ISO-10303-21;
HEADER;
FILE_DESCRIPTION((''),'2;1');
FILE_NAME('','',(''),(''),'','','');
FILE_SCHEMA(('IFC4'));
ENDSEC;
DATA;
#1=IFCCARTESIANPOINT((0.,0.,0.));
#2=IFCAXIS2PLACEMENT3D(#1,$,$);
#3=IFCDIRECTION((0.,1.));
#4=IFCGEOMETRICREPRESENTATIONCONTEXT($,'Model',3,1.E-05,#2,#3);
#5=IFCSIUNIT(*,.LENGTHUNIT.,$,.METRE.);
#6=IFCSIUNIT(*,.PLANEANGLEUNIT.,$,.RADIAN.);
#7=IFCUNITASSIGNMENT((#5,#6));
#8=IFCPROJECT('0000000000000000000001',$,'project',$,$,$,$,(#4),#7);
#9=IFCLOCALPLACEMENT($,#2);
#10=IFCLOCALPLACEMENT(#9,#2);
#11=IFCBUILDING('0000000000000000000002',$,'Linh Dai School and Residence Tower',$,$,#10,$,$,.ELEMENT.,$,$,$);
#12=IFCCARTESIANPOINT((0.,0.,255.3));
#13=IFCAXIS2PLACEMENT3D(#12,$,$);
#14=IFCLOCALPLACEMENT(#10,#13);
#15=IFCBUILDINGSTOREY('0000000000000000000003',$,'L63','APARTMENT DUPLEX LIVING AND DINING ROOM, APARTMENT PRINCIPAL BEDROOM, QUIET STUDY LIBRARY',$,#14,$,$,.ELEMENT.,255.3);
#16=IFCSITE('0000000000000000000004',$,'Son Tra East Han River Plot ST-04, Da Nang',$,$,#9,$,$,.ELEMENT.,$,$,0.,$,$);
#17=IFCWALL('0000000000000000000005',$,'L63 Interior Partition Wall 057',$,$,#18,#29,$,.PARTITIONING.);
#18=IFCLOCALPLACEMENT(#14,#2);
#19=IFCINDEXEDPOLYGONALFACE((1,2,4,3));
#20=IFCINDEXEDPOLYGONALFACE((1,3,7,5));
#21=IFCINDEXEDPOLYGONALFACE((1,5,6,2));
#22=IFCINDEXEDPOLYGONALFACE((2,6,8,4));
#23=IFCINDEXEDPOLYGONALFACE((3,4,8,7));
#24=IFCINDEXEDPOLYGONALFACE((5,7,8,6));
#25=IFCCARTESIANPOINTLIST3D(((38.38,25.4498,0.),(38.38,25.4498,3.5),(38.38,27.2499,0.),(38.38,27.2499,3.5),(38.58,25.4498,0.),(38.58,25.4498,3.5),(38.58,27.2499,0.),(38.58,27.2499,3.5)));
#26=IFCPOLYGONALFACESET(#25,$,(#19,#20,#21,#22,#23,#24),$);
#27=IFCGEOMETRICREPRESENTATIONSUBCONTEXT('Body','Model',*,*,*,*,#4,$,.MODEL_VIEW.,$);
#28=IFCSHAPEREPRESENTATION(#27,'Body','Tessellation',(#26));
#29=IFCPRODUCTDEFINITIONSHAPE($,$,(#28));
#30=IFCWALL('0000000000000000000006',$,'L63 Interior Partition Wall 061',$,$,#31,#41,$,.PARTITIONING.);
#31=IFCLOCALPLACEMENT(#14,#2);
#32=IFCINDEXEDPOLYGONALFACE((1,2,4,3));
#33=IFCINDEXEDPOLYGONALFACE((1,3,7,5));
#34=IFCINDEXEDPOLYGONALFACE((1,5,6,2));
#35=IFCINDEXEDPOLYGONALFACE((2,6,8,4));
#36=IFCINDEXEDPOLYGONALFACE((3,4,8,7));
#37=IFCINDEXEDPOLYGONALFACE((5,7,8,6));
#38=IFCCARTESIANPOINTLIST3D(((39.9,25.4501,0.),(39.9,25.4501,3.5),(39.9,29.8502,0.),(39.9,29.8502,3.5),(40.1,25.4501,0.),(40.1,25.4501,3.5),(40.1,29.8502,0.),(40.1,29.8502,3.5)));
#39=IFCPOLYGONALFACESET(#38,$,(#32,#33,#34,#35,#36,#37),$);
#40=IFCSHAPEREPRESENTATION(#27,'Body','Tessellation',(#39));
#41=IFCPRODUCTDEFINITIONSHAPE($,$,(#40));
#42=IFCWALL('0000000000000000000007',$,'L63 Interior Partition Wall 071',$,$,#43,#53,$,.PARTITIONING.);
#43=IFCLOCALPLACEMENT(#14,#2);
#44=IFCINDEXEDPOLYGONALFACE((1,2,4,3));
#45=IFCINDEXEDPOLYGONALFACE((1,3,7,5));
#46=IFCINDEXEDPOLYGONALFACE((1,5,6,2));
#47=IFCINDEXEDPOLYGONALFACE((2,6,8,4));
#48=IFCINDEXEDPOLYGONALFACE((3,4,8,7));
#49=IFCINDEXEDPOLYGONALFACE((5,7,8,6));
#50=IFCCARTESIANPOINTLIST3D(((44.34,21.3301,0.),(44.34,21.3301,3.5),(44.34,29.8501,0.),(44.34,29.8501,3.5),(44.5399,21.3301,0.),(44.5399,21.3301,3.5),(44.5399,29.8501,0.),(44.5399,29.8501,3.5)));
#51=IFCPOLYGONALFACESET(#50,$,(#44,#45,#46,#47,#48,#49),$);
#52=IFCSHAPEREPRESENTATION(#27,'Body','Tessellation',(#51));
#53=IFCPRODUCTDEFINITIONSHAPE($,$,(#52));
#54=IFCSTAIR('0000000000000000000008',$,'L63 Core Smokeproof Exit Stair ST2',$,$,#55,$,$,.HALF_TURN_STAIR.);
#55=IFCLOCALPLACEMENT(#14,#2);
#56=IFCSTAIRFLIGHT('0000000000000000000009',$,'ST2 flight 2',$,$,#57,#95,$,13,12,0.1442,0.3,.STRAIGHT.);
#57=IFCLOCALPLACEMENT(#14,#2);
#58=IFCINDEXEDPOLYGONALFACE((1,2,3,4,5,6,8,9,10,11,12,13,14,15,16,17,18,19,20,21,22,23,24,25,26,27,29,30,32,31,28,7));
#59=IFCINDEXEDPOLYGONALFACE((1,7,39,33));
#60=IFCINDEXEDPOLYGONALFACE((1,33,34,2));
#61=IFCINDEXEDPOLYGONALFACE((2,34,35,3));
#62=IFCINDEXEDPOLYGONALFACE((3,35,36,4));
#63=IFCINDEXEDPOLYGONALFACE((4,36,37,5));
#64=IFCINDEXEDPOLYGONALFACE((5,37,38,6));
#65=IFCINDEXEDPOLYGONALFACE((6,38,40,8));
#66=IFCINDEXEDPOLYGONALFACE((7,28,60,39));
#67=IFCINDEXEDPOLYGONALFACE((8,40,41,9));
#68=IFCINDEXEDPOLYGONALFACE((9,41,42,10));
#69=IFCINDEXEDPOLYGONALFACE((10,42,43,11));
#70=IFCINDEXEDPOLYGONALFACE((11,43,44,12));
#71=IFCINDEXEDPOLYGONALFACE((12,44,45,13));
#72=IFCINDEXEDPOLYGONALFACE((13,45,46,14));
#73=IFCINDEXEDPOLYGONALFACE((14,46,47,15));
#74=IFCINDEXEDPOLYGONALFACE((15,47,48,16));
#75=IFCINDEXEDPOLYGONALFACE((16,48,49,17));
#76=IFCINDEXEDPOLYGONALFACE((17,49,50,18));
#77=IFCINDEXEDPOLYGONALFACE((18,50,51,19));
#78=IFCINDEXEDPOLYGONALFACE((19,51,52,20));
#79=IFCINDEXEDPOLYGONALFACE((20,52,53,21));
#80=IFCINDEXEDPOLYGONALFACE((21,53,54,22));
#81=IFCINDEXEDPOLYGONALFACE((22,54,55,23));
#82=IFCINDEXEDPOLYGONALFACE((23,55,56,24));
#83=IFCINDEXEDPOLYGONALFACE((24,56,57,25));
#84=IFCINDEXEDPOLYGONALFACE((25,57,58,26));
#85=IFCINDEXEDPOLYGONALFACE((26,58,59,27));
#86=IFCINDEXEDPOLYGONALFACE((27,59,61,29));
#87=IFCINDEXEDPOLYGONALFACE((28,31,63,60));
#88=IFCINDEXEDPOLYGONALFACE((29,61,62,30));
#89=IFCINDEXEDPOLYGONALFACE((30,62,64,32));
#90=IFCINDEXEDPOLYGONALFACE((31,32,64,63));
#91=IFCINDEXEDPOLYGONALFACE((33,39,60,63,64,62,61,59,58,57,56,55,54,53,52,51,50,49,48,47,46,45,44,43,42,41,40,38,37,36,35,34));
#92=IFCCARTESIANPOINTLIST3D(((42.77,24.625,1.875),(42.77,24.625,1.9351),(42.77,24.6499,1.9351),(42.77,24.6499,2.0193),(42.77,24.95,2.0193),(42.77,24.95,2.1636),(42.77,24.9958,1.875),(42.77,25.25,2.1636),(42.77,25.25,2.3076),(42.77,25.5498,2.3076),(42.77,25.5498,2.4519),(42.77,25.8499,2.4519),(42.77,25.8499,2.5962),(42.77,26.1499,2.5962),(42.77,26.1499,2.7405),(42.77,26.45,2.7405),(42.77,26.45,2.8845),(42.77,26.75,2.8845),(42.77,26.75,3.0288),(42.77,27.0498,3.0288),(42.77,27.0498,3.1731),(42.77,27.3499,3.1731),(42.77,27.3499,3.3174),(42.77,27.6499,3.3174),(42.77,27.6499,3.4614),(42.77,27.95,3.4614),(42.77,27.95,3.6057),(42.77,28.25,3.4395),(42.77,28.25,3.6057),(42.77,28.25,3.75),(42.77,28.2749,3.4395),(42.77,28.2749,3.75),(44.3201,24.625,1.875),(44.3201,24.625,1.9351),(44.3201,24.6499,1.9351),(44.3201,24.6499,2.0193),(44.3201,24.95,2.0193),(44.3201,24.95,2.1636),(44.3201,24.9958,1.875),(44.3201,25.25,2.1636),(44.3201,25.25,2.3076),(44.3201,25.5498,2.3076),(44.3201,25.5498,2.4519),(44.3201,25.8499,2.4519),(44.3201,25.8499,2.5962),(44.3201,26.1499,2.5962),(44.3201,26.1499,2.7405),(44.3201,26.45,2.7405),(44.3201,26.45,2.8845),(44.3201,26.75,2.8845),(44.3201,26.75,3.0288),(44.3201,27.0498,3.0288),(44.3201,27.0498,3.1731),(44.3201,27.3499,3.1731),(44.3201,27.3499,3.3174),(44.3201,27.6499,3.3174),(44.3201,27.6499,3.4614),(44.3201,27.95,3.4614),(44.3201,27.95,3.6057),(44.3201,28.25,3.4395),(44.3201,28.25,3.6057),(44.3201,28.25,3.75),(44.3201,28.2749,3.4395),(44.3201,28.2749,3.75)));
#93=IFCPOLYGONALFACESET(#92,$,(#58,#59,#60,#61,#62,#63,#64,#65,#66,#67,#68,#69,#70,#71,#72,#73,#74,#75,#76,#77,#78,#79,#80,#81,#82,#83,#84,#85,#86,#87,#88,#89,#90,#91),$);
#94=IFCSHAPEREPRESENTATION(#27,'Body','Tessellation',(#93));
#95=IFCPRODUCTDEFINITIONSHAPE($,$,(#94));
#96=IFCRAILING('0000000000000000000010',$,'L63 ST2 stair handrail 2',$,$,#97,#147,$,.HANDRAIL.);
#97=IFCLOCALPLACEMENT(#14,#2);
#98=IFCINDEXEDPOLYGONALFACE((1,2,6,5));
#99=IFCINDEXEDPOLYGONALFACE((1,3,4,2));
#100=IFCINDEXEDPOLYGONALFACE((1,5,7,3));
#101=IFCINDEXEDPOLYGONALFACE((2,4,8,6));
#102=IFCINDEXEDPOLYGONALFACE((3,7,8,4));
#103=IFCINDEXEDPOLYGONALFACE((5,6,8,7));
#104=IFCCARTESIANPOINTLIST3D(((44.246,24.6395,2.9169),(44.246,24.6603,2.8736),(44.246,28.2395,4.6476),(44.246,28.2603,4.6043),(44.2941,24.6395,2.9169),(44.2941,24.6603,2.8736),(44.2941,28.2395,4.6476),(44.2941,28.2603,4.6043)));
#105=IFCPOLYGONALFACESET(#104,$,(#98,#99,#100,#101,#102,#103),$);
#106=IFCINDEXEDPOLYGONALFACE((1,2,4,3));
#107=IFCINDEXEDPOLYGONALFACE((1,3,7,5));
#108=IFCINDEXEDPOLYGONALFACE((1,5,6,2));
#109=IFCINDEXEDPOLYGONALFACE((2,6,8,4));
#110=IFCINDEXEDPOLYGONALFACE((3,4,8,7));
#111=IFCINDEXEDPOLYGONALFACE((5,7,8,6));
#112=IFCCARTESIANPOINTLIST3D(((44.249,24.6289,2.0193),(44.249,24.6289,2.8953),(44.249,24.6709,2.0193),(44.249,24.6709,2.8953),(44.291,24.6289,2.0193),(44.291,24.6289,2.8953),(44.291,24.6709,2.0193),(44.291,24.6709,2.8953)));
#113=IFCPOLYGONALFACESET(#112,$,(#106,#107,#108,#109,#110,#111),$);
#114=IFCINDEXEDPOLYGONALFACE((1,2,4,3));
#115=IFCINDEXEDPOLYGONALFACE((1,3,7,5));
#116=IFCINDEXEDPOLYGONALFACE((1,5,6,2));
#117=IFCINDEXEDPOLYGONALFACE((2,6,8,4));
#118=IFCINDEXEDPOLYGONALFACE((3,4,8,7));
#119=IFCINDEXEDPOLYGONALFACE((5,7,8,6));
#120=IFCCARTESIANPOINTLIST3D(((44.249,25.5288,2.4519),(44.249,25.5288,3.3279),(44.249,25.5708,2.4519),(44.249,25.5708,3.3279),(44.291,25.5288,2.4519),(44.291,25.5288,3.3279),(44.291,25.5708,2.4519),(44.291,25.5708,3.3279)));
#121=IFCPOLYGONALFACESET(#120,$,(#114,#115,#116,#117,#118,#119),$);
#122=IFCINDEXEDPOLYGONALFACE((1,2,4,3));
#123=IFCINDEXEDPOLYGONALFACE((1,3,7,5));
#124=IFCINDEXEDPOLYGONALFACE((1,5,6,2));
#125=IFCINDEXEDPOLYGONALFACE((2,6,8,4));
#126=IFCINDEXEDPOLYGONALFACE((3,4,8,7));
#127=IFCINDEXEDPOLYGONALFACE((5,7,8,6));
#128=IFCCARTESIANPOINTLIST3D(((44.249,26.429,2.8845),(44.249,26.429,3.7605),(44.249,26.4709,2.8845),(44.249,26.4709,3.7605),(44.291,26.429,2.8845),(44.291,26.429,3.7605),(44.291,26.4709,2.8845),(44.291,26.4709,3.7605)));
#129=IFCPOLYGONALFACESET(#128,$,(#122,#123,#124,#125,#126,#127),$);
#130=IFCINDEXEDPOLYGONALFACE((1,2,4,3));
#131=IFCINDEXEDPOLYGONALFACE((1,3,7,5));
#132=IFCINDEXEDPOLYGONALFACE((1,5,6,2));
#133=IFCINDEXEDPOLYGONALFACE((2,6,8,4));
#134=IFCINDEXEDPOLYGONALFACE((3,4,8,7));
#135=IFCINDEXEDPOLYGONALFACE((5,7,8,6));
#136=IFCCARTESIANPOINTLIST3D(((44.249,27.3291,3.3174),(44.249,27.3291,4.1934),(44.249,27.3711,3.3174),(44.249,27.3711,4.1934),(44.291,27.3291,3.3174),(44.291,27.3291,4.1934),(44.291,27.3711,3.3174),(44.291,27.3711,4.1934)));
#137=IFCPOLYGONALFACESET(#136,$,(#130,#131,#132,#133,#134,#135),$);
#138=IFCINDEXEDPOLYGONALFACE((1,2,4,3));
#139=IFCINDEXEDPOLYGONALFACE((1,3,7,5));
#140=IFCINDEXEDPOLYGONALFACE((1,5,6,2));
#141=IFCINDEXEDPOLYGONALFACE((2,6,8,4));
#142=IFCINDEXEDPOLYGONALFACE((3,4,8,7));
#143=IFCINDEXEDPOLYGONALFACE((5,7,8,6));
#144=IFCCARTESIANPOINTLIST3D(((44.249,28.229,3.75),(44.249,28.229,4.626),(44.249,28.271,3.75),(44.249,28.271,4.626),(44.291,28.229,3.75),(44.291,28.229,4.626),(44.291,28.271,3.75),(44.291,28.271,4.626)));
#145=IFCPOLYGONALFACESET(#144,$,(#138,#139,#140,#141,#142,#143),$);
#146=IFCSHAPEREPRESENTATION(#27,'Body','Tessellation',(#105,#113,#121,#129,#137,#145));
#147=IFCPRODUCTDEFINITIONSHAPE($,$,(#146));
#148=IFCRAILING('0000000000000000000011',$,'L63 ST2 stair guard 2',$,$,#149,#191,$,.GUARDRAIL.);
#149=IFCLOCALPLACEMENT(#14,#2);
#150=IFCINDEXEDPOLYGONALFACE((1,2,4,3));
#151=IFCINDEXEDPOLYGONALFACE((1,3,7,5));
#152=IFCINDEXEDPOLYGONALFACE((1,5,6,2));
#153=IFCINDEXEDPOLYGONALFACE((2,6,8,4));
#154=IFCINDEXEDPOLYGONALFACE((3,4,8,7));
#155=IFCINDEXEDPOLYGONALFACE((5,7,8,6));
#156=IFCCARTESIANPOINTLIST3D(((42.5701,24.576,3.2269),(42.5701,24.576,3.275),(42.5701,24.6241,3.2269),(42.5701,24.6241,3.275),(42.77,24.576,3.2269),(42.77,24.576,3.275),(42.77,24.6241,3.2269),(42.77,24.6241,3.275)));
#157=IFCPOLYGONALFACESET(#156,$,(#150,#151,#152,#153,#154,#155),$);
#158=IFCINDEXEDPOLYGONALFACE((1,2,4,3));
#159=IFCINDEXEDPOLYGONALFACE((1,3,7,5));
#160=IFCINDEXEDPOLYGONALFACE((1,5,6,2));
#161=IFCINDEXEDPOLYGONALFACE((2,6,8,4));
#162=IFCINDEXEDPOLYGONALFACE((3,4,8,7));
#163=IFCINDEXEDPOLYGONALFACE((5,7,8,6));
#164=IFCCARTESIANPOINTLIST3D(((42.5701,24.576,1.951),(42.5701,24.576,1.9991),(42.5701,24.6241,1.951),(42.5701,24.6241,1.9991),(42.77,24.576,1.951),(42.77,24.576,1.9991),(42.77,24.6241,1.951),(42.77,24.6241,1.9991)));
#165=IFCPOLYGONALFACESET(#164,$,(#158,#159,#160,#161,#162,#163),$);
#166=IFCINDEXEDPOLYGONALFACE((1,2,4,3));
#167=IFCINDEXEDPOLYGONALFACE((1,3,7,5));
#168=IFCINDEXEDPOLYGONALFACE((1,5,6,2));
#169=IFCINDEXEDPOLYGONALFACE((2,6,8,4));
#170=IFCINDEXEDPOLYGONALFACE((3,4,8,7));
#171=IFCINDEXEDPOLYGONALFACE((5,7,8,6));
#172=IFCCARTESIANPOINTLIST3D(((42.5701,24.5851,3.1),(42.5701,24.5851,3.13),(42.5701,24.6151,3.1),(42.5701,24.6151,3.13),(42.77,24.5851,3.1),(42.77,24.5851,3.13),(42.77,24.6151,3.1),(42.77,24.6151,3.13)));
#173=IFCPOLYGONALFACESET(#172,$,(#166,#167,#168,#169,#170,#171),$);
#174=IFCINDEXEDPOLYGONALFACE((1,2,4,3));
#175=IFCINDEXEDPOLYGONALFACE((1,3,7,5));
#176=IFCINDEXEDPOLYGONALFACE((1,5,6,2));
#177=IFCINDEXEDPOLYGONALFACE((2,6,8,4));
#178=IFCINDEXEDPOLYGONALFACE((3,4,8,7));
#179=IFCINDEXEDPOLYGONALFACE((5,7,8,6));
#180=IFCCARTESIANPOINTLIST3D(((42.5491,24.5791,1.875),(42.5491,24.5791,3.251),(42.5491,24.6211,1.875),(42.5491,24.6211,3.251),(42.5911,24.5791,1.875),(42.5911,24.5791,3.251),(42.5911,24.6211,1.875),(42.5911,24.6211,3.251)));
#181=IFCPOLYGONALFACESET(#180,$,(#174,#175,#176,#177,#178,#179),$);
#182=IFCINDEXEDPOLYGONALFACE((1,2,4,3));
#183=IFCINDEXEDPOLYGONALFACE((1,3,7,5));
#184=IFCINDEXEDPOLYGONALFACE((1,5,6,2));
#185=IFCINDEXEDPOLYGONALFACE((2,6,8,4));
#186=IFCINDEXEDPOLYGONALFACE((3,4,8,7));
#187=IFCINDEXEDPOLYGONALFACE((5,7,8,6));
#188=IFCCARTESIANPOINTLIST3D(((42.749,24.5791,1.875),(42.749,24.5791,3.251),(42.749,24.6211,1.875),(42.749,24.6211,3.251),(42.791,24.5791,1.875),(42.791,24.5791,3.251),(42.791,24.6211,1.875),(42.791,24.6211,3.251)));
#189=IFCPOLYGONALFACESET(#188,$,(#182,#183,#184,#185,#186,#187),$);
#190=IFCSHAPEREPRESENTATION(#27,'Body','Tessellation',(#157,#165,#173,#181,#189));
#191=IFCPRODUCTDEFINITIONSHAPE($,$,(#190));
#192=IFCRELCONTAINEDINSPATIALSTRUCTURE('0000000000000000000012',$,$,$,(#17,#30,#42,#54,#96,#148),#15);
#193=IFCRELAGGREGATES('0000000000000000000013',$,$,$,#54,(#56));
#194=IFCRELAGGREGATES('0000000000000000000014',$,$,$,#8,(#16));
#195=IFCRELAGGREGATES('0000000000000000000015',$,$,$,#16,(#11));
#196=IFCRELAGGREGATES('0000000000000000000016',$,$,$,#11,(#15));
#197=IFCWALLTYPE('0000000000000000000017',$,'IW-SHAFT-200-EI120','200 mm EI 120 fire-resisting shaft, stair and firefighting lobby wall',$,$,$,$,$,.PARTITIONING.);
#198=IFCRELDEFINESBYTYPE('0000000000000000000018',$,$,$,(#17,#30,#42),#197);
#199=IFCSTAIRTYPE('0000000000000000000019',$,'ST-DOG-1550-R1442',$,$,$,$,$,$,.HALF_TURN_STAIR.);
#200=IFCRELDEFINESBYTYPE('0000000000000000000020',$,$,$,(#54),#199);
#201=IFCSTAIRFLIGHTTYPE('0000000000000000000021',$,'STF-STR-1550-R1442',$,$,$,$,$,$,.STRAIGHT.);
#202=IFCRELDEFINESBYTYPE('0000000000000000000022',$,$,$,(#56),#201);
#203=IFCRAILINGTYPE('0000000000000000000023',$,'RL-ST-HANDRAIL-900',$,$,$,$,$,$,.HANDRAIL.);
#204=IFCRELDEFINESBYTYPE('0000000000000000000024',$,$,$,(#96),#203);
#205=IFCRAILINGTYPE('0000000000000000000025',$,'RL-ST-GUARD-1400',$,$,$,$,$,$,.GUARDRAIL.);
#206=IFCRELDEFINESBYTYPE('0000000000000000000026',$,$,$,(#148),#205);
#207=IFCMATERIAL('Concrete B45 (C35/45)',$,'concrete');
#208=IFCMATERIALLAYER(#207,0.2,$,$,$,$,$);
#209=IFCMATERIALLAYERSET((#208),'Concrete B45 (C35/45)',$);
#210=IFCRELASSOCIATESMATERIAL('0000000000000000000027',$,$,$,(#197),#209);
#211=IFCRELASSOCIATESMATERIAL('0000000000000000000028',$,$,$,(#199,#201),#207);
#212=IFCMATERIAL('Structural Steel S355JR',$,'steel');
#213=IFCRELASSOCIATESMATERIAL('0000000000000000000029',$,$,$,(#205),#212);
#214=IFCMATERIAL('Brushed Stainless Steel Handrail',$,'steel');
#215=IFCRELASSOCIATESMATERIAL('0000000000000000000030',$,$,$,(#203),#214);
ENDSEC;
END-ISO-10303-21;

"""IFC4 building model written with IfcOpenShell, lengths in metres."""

from ifc_helpers import new_model, si_unit, direction, frame, frame_2d, origin, origin_2d, place, context, subcontext, project, spatial, polyline, rectangle, outline, extrude, source, transform, mapped, material, layer, layer_set, type_object, element, aggregate, save


model = new_model("IFC4")

# Units and contexts
model_context = context("Model", 3, precision=1e-05, world=origin(), true_north=direction((0.0, 1.0)))
body_context = subcontext(model_context, "Body", "Model", "MODEL_VIEW")
ifc_project = project(units=[si_unit("LENGTHUNIT", "METRE"), si_unit("PLANEANGLEUNIT", "RADIAN")], contexts=[model_context])

# Site, building, storey
site_placement = place(None, origin())
site = spatial("IfcSite", under=ifc_project, at=site_placement, Name="Son Tra East Han River Plot ST-04, Da Nang", CompositionType="ELEMENT", RefElevation=0.0)
building_placement = place(site_placement, origin())
building = spatial("IfcBuilding", under=site, at=building_placement, Name="Linh Dai School and Residence Tower", CompositionType="ELEMENT")
storey_placement = place(building_placement, frame((0.0, 0.0, 255.3)))
storey = spatial("IfcBuildingStorey", under=building, at=storey_placement, Name="L63", Description="APARTMENT DUPLEX LIVING AND DINING ROOM, APARTMENT PRINCIPAL BEDROOM, QUIET STUDY LIBRARY", CompositionType="ELEMENT", Elevation=255.3)

# Shared definitions
ifc_material_1 = material(Name="Structural Steel S355JR", Category="steel")

# Walls
ifc_material_2 = material(Name="Concrete B45 (C35/45)", Category="concrete")
ifc_layer_1 = layer(ifc_material_2, 0.2)
ifc_layer_set_1 = layer_set([ifc_layer_1], Name="Concrete B45 (C35/45)")
wall_type_1 = type_object("IfcWallType", Name="IW-SHAFT-200-EI120", Description="200 mm EI 120 fire-resisting shaft, stair and firefighting lobby wall", PredefinedType="PARTITIONING", material=ifc_layer_set_1)
for number, where, z_axis, x_axis, name in (
    (1, (38.48, 25.45, 0.0), (0.0, 0.0, 1.0), (0.0, 1.0, 0.0), "L63 Interior Partition Wall 057"),
):
    element("IfcWall", number, at=place(storey_placement, frame(where, z_axis=z_axis, x_axis=x_axis)), inside=storey, type_object=wall_type_1, Name=name, PredefinedType="PARTITIONING", context=body_context, shape_type="SweptSolid", body=[
        extrude(rectangle(XDim=1.8, YDim=0.2, at=frame_2d((0.8999, 0.0))), origin(), (0.0, 0.0, 1.0), 3.5),
    ])
wall_1_placement = place(storey_placement, frame((40.0, 25.45, 0.0), z_axis=(0.0, 0.0, 1.0), x_axis=(0.0, 1.0, 0.0)))
element("IfcWall", 2, at=wall_1_placement, inside=storey, type_object=wall_type_1, Name="L63 Interior Partition Wall 061", PredefinedType="PARTITIONING", context=body_context, shape_type="SweptSolid", body=[
    extrude(rectangle(XDim=4.4001, YDim=0.2, at=frame_2d((2.2002, 0.0))), origin(), (0.0, 0.0, 1.0), 3.5),
])
wall_2_placement = place(storey_placement, frame((44.4399, 21.3301, 0.0), z_axis=(0.0, 0.0, 1.0), x_axis=(0.0, 1.0, 0.0)))
element("IfcWall", 3, at=wall_2_placement, inside=storey, type_object=wall_type_1, Name="L63 Interior Partition Wall 071", PredefinedType="PARTITIONING", context=body_context, shape_type="SweptSolid", body=[
    extrude(rectangle(XDim=8.52, YDim=0.2, at=frame_2d((4.26, 0.0))), origin(), (0.0, 0.0, 1.0), 3.5),
])

# Stair, stair flight
stair_type = type_object("IfcStairType", Name="ST-DOG-1550-R1442", PredefinedType="HALF_TURN_STAIR", material=ifc_material_2)
stair_placement = place(storey_placement, origin())
stair = element("IfcStair", 4, at=stair_placement, inside=storey, type_object=stair_type, Name="L63 Core Smokeproof Exit Stair ST2", PredefinedType="HALF_TURN_STAIR")
stair_flight_type = type_object("IfcStairFlightType", Name="STF-STR-1550-R1442", PredefinedType="STRAIGHT", material=ifc_material_2)
shared_shape_1 = source(origin(), body_context, "Body", "SweptSolid", [
    extrude(outline(polyline([(-0.0249, 0.0), (-0.0249, 0.0601), (0.0, 0.0601), (0.0, 0.1443), (0.3, 0.1443), (0.3, 0.2886), (0.6001, 0.2886), (0.6001, 0.4326), (0.8999, 0.4326), (0.8999, 0.5769), (1.2, 0.5769), (1.2, 0.7212), (1.5, 0.7212), (1.5, 0.8655), (1.8, 0.8655), (1.8, 1.0095), (2.1001, 1.0095), (2.1001, 1.1538), (2.3999, 1.1538), (2.3999, 1.2981), (2.7, 1.2981), (2.7, 1.4424), (3.0, 1.4424), (3.0, 1.5864), (3.3, 1.5864), (3.3, 1.7307), (3.6001, 1.7307), (3.6001, 1.875), (3.625, 1.875), (3.625, 1.5645), (3.6001, 1.5645), (0.3459, 0.0), (-0.0249, 0.0)])), frame((0.0, 0.7749, 0.0), z_axis=(0.0, -1.0, 0.0), x_axis=(1.0, 0.0, 0.0)), (0.0, 0.0, 1.0), 1.55),
])
stair_flight_placement = place(storey_placement, frame((43.5449, 24.6499, 1.875), z_axis=(0.0, 0.0, 1.0), x_axis=(0.0, 1.0, 0.0)))
stair_flight = element("IfcStairFlight", 5, at=stair_flight_placement, type_object=stair_flight_type, Name="ST2 flight 2", NumberOfRisers=13, NumberOfTreads=12, PredefinedType="STRAIGHT", RiserHeight=0.1442, TreadLength=0.3, context=body_context, shape_type="MappedRepresentation", body=[
    mapped(shared_shape_1, transform((0.0, 0.0, 0.0), x_axis=(1.0, 0.0, 0.0), y_axis=(0.0, 1.0, 0.0), z_axis=(0.0, 0.0, 1.0), scale=1.0)),
])
aggregate(stair, [stair_flight])

# Railings
railing_type_1 = type_object("IfcRailingType", Name="RL-ST-GUARD-1400", PredefinedType="GUARDRAIL", material=ifc_material_1)
ifc_material_3 = material(Name="Brushed Stainless Steel Handrail", Category="steel")
railing_type_2 = type_object("IfcRailingType", Name="RL-ST-HANDRAIL-900", PredefinedType="HANDRAIL", material=ifc_material_3)
shared_shape_2 = source(origin(), body_context, "Body", "SweptSolid", [
    extrude(rectangle(XDim=0.0481, YDim=0.0481, at=origin_2d()), frame((0.0, 0.0, 0.876), z_axis=(0.0, 0.901263, 0.433273), x_axis=(-1.0, 0.0, 0.0)), (0.0, 0.0, 1.0), 3.9944),
    extrude(rectangle(XDim=0.042, YDim=0.042, at=origin_2d()), origin(), (0.0, 0.0, 1.0), 0.876),
    extrude(rectangle(XDim=0.042, YDim=0.042, at=origin_2d()), frame((0.0, 0.8999, 0.4326)), (0.0, 0.0, 1.0), 0.876),
    extrude(rectangle(XDim=0.042, YDim=0.042, at=origin_2d()), frame((0.0, 1.8, 0.8652)), (0.0, 0.0, 1.0), 0.876),
    extrude(rectangle(XDim=0.042, YDim=0.042, at=origin_2d()), frame((0.0, 2.7002, 1.2981)), (0.0, 0.0, 1.0), 0.876),
    extrude(rectangle(XDim=0.042, YDim=0.042, at=origin_2d()), frame((0.0, 3.6001, 1.7307)), (0.0, 0.0, 1.0), 0.876),
])
railing_1_placement = place(storey_placement, frame((44.27, 24.6499, 2.0193)))
element("IfcRailing", 6, at=railing_1_placement, inside=storey, type_object=railing_type_2, Name="L63 ST2 stair handrail 2", PredefinedType="HANDRAIL", context=body_context, shape_type="MappedRepresentation", body=[
    mapped(shared_shape_2, transform((0.0, 0.0, 0.0), x_axis=(1.0, 0.0, 0.0), y_axis=(0.0, 1.0, 0.0), z_axis=(0.0, 0.0, 1.0), scale=1.0)),
])
shared_shape_3 = source(origin(), body_context, "Body", "SweptSolid", [
    extrude(rectangle(XDim=0.0481, YDim=0.0481, at=origin_2d()), frame((0.0, 0.0, 1.376), z_axis=(1.0, 0.0, 0.0), x_axis=(0.0, 1.0, 0.0)), (0.0, 0.0, 1.0), 0.2),
    extrude(rectangle(XDim=0.0481, YDim=0.0481, at=origin_2d()), frame((0.0, 0.0, 0.1001), z_axis=(1.0, 0.0, 0.0), x_axis=(0.0, 1.0, 0.0)), (0.0, 0.0, 1.0), 0.2),
    extrude(rectangle(XDim=0.03, YDim=0.03, at=origin_2d()), frame((0.0, 0.0, 1.24), z_axis=(1.0, 0.0, 0.0), x_axis=(0.0, 1.0, 0.0)), (0.0, 0.0, 1.0), 0.2),
    extrude(rectangle(XDim=0.042, YDim=0.042, at=origin_2d()), origin(), (0.0, 0.0, 1.0), 1.376),
    extrude(rectangle(XDim=0.042, YDim=0.042, at=origin_2d()), frame((0.2, 0.0, 0.0)), (0.0, 0.0, 1.0), 1.376),
])
railing_2_placement = place(storey_placement, frame((42.5701, 24.6001, 1.875)))
element("IfcRailing", 7, at=railing_2_placement, inside=storey, type_object=railing_type_1, Name="L63 ST2 stair guard 2", PredefinedType="GUARDRAIL", context=body_context, shape_type="MappedRepresentation", body=[
    mapped(shared_shape_3, transform((0.0, 0.0, 0.0), x_axis=(1.0, 0.0, 0.0), y_axis=(0.0, 1.0, 0.0), z_axis=(0.0, 0.0, 1.0), scale=1.0)),
])

save(model, "model.ifc")
